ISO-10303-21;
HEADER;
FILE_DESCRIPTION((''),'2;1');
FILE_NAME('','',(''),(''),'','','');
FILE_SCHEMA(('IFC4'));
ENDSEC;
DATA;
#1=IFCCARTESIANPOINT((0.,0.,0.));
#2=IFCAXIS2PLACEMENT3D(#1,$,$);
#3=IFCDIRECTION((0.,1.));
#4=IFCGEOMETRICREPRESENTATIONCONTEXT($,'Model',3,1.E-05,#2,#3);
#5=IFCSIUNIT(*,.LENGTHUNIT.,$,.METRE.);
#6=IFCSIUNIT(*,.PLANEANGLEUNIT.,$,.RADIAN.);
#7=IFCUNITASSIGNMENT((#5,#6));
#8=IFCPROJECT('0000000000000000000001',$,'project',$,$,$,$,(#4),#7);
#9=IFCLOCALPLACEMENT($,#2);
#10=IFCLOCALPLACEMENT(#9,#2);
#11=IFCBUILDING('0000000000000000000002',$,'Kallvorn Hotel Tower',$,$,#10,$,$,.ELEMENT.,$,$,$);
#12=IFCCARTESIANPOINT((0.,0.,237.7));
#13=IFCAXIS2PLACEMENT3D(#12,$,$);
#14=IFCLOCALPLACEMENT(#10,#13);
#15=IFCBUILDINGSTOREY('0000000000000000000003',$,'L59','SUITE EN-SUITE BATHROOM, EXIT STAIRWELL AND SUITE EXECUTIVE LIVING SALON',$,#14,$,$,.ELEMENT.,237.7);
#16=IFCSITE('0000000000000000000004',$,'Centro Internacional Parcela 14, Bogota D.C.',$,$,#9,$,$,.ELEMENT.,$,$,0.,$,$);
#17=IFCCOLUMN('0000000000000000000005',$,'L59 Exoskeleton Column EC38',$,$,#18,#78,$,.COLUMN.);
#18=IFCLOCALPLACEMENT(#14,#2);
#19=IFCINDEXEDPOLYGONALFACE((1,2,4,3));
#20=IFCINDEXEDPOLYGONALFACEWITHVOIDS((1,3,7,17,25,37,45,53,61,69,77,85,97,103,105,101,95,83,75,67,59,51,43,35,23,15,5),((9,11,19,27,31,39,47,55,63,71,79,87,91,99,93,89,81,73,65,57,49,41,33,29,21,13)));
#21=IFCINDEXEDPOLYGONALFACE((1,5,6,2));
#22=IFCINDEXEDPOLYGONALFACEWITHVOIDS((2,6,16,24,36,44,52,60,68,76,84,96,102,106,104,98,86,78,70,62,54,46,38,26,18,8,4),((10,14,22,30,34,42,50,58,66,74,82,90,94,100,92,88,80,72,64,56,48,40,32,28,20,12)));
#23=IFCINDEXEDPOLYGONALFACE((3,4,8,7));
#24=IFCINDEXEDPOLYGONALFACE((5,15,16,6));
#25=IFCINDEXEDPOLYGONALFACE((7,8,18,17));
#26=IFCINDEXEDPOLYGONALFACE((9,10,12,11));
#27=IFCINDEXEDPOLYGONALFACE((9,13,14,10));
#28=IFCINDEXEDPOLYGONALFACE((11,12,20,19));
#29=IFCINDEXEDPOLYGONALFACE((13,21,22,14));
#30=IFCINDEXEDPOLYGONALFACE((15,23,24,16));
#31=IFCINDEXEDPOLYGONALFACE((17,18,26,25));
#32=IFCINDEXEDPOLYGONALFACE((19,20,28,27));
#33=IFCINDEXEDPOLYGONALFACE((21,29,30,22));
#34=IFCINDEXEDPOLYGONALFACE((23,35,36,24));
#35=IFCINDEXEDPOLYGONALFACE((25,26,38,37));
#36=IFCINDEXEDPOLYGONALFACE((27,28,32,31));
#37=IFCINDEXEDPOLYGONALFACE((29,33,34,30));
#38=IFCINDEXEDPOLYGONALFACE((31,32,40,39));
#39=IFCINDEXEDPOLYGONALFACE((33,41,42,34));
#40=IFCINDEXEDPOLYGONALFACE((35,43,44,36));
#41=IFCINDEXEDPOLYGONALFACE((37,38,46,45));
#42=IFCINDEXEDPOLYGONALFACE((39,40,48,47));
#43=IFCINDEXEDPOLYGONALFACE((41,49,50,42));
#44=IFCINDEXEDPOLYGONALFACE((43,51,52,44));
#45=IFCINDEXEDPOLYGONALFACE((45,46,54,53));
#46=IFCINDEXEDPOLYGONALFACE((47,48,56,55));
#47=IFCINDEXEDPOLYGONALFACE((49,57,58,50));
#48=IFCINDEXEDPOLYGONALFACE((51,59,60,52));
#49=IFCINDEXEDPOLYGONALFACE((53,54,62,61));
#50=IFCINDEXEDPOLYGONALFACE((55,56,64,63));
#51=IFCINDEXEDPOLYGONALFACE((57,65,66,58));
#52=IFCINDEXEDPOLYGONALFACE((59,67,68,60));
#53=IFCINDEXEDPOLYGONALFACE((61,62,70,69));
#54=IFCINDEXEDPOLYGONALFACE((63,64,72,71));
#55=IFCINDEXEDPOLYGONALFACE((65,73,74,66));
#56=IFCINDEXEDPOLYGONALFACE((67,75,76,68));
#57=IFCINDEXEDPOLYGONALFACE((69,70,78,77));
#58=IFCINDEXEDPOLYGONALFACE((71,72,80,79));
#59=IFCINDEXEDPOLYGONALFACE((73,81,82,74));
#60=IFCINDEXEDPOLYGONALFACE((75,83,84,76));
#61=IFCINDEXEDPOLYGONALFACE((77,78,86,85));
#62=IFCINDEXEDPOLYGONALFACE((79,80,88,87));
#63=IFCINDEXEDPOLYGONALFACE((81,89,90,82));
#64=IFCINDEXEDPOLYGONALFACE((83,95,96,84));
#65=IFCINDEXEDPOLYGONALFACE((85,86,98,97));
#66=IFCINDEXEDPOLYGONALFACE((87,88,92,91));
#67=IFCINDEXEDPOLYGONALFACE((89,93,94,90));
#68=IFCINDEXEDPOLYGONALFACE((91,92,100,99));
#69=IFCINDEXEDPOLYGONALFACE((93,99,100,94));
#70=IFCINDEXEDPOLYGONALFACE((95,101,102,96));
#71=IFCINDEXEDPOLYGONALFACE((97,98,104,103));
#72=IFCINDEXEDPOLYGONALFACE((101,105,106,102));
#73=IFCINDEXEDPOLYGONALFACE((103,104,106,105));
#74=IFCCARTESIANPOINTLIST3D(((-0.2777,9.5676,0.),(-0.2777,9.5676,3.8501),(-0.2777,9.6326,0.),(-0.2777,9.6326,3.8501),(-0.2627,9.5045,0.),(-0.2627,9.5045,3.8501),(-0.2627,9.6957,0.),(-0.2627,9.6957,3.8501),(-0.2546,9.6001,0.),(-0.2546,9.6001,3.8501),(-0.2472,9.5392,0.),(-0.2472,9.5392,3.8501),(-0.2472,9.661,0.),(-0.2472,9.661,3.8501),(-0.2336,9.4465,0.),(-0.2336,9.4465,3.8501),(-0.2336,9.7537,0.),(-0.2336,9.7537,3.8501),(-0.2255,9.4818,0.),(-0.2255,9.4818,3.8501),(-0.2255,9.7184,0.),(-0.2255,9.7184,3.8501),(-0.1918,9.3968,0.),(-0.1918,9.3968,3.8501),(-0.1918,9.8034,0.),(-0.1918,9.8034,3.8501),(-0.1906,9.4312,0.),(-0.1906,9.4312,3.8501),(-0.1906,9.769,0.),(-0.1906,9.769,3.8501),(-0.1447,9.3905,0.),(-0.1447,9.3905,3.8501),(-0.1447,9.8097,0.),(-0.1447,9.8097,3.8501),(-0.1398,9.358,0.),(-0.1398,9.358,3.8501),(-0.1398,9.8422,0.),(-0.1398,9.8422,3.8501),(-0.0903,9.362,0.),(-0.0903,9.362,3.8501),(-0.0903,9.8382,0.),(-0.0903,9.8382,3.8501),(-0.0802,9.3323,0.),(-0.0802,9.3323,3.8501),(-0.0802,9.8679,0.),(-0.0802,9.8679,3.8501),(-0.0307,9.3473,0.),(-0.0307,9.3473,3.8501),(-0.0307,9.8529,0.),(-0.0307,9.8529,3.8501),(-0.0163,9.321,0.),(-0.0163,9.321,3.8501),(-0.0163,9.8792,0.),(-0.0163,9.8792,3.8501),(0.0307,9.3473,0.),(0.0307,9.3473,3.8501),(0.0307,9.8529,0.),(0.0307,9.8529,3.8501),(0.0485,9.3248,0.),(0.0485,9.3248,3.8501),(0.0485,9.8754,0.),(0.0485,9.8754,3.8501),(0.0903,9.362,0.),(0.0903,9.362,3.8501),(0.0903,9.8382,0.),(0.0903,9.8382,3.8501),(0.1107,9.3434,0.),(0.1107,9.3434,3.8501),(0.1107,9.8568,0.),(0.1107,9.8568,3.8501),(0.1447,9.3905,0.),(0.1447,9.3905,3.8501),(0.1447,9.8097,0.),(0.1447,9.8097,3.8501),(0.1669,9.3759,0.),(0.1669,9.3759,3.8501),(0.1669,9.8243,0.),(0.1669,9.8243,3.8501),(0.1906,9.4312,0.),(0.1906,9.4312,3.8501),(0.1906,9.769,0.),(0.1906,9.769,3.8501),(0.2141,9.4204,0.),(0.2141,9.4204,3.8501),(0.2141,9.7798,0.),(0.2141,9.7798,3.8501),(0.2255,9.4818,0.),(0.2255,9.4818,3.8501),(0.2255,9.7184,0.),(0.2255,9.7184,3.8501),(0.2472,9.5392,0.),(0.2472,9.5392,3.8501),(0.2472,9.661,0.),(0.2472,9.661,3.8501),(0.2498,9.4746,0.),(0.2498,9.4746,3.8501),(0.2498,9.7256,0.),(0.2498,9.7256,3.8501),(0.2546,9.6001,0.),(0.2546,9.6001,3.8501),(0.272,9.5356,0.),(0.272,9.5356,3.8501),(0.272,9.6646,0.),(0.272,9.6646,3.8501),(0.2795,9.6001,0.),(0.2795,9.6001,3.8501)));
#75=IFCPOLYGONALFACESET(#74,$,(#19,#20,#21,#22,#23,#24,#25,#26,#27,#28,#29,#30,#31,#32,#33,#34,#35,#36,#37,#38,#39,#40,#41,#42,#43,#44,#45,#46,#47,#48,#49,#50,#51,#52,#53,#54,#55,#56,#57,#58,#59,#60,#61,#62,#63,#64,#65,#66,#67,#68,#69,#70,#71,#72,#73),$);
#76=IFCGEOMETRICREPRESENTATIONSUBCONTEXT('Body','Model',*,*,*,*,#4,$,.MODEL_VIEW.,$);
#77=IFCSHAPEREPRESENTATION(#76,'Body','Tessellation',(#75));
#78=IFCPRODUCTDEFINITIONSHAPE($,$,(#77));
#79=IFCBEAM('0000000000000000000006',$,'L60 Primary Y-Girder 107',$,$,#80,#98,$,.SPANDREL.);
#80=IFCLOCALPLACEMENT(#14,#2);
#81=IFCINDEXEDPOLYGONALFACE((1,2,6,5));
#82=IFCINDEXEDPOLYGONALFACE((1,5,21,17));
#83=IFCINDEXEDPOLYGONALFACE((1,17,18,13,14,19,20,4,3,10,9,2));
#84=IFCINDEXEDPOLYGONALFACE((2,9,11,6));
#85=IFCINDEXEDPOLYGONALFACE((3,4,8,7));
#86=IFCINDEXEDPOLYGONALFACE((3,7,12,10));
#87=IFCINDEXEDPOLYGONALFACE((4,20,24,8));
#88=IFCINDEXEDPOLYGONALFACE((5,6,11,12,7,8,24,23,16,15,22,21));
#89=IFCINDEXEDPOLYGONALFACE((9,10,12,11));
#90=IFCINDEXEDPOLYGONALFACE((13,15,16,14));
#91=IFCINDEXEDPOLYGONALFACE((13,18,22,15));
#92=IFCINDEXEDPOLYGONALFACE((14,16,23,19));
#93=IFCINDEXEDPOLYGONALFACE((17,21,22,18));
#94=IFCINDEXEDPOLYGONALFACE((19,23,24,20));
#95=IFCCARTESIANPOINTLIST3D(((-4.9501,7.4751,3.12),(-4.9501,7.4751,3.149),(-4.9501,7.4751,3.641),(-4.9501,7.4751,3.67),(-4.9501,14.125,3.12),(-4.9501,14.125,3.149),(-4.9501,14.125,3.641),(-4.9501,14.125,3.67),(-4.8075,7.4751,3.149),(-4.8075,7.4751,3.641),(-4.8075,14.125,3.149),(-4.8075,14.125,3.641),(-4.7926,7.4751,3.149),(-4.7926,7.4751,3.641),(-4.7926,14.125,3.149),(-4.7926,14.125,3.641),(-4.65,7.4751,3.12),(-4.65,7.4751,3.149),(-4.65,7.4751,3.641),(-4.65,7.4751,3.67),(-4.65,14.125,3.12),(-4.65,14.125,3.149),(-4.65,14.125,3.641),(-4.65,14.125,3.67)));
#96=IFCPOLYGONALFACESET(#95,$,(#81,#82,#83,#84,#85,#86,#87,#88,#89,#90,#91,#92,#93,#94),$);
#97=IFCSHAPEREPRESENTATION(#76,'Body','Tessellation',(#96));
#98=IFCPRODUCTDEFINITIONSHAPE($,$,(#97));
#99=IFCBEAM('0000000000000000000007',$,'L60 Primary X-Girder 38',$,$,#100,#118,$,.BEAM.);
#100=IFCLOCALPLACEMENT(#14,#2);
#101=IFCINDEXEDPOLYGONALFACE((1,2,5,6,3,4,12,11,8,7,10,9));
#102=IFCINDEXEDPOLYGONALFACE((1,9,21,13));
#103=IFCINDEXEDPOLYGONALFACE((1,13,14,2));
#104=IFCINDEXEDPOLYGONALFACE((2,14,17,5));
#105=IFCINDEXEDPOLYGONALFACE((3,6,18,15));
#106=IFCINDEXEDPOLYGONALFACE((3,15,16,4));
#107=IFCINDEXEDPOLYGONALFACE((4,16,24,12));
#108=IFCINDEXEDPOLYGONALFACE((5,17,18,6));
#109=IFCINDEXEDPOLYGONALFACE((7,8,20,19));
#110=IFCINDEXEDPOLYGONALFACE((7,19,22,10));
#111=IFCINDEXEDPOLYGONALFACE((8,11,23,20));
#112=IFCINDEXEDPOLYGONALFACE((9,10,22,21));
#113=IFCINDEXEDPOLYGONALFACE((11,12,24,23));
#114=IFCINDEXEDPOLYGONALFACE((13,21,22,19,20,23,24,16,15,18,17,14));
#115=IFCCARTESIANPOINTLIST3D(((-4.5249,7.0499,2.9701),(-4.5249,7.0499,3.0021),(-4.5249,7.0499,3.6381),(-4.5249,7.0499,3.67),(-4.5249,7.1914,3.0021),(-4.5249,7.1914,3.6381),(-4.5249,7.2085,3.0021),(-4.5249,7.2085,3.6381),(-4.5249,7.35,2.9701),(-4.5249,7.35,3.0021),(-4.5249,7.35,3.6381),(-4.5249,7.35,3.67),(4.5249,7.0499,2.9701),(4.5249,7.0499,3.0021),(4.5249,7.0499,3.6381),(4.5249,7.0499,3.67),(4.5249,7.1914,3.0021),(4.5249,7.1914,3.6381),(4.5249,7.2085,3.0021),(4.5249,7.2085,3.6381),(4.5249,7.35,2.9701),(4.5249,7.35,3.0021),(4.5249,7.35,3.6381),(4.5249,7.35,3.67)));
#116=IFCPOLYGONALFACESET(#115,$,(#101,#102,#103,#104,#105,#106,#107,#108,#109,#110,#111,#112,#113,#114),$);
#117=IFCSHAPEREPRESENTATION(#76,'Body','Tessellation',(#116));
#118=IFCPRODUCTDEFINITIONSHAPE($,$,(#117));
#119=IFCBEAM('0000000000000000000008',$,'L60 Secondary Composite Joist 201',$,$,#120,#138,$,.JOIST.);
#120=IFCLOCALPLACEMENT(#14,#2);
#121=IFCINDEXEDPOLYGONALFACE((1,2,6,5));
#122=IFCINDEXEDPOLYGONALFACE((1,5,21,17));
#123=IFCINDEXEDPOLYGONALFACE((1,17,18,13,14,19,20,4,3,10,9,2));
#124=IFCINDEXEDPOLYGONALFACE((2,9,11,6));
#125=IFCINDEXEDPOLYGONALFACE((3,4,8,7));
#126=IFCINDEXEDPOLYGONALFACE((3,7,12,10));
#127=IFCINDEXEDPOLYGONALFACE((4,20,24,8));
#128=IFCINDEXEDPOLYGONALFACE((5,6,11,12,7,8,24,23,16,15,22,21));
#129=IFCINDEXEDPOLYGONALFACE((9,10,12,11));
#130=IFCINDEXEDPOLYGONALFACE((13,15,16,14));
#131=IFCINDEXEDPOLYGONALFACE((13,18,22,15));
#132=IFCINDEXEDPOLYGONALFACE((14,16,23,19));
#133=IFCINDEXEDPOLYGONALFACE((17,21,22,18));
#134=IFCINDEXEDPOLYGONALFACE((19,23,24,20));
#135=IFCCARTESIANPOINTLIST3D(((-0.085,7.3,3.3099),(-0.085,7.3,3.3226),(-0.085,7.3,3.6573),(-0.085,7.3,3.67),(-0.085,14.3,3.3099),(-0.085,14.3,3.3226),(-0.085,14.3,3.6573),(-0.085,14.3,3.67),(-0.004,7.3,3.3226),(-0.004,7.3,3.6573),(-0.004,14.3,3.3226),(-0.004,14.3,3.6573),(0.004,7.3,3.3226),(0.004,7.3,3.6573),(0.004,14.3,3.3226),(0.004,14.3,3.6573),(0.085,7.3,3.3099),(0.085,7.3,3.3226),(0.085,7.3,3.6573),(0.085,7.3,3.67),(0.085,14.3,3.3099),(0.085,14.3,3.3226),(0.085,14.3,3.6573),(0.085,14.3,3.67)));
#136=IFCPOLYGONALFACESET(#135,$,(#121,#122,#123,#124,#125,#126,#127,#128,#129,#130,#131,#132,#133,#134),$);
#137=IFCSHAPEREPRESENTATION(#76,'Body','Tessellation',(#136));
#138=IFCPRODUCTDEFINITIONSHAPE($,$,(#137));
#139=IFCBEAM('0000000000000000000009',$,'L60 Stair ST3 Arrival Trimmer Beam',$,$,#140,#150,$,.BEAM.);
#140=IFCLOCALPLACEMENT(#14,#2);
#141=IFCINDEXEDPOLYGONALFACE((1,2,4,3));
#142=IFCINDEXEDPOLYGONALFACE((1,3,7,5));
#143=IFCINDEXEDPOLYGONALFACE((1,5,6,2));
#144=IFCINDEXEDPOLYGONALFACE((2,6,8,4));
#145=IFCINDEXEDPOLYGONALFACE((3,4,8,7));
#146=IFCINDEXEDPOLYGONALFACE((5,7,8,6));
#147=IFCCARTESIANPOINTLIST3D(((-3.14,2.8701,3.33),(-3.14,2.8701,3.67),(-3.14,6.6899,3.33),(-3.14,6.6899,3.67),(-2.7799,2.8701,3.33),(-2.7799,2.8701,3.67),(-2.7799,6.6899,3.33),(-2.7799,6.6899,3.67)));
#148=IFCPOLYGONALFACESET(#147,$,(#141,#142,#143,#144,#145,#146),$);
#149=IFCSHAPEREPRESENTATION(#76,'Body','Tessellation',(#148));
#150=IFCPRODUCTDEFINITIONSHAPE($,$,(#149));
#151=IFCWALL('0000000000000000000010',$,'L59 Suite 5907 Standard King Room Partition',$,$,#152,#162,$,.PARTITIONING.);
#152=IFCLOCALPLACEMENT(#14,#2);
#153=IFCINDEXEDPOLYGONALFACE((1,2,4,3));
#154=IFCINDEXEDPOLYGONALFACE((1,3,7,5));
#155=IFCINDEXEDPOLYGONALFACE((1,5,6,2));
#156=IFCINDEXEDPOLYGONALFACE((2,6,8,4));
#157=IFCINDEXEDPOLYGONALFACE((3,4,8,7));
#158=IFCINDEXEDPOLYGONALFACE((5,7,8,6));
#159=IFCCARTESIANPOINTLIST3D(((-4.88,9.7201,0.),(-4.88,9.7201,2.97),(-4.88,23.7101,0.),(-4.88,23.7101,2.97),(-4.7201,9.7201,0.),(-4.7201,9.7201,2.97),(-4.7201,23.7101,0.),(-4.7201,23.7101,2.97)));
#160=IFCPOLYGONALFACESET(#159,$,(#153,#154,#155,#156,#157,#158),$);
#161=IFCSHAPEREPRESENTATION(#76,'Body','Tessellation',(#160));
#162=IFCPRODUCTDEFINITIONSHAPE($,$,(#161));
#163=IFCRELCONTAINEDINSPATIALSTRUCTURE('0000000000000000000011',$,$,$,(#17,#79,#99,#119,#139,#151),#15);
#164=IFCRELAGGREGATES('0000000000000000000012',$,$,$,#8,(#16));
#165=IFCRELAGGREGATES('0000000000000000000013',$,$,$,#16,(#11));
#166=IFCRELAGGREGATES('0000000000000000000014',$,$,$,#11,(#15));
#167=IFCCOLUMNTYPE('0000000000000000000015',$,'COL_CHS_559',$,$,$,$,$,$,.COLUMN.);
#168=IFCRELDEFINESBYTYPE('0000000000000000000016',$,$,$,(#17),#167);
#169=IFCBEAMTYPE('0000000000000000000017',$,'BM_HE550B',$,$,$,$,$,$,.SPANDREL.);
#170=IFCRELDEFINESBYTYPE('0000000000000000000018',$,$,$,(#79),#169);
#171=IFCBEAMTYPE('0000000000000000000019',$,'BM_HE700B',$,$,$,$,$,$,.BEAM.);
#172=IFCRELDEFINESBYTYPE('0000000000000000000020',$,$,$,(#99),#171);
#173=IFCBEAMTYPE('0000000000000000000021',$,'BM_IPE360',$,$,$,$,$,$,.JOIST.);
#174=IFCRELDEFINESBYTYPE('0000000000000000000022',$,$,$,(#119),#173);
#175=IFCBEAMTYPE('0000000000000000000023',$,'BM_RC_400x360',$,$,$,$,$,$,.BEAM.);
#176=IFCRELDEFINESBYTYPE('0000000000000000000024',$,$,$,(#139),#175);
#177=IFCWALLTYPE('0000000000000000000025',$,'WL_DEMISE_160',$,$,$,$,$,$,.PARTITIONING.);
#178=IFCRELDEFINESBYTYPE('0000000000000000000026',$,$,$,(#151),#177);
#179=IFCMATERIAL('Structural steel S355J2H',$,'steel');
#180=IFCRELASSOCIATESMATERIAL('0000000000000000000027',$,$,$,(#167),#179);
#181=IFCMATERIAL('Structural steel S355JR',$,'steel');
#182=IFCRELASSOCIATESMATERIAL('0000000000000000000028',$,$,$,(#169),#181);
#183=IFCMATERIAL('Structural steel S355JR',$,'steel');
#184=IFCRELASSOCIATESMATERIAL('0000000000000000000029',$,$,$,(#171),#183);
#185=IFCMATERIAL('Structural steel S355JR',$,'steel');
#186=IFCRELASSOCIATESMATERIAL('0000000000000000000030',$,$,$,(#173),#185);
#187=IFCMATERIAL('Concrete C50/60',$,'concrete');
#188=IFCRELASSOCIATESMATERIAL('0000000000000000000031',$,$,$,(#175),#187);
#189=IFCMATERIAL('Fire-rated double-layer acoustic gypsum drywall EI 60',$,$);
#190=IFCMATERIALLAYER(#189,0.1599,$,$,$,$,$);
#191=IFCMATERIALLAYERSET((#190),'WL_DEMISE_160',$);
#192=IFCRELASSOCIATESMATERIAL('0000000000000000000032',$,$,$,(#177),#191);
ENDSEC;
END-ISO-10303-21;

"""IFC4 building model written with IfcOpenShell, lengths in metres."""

from ifc_helpers import new_model, si_unit, direction, frame, frame_2d, origin, origin_2d, place, context, subcontext, project, spatial, rectangle, hollow_circle, i_section, extrude, material, layer, layer_set, material_profile, profile_set, type_object, element, save


model = new_model("IFC4")

# Units and contexts
model_context = context("Model", 3, precision=1e-05, world=origin(), true_north=direction((0.0, 1.0)))
body_context = subcontext(model_context, "Body", "Model", "MODEL_VIEW")
ifc_project = project(units=[si_unit("LENGTHUNIT", "METRE"), si_unit("PLANEANGLEUNIT", "RADIAN")], contexts=[model_context])

# Site, building, storey
site_placement = place(None, origin())
site = spatial("IfcSite", under=ifc_project, at=site_placement, Name="Centro Internacional Parcela 14, Bogota D.C.", CompositionType="ELEMENT", RefElevation=0.0)
building_placement = place(site_placement, origin())
building = spatial("IfcBuilding", under=site, at=building_placement, Name="Kallvorn Hotel Tower", CompositionType="ELEMENT")
storey_placement = place(building_placement, frame((0.0, 0.0, 237.7)))
storey = spatial("IfcBuildingStorey", under=building, at=storey_placement, Name="L59", Description="SUITE EN-SUITE BATHROOM, EXIT STAIRWELL AND SUITE EXECUTIVE LIVING SALON", CompositionType="ELEMENT", Elevation=237.7)

# Column
ifc_material_1 = material(Name="Structural steel S355J2H", Category="steel")
ifc_material_profile_1 = material_profile(ifc_material_1, hollow_circle(Radius=0.2795, WallThickness=0.0249, at=origin_2d()), Name="CHS 559x25")
ifc_profile_set_1 = profile_set([ifc_material_profile_1], Name="Structural steel S355J2H")
column_type = type_object("IfcColumnType", Name="COL_CHS_559", PredefinedType="COLUMN", material=ifc_profile_set_1)
column_placement = place(storey_placement, frame((0.0, 9.6001, 0.0), z_axis=(0.0, 0.0, 1.0), x_axis=(1.0, 0.0, 0.0)))
element("IfcColumn", 1, at=column_placement, inside=storey, type_object=column_type, Name="L59 Exoskeleton Column EC38", PredefinedType="COLUMN", context=body_context, shape_type="SweptSolid", body=[
    extrude(hollow_circle(Radius=0.2795, WallThickness=0.0249, at=origin_2d()), origin(), (0.0, 0.0, 1.0), 3.8501),
])

# Beams
ifc_material_2 = material(Name="Structural steel S355JR", Category="steel")
ifc_material_profile_2 = material_profile(ifc_material_2, i_section(OverallWidth=0.3, OverallDepth=0.55, WebThickness=0.0149, FlangeThickness=0.0291, at=origin_2d()), Name="HE 550 B")
ifc_profile_set_2 = profile_set([ifc_material_profile_2], Name="Structural steel S355JR")
beam_type_1 = type_object("IfcBeamType", Name="BM_HE550B", PredefinedType="SPANDREL", material=ifc_profile_set_2)
beam_1_placement = place(storey_placement, frame((-4.8, 7.4751, 3.395), z_axis=(0.0, 1.0, 0.0), x_axis=(-1.0, 0.0, 0.0)))
element("IfcBeam", 2, at=beam_1_placement, inside=storey, type_object=beam_type_1, Name="L60 Primary Y-Girder 107", PredefinedType="SPANDREL", context=body_context, shape_type="SweptSolid", body=[
    extrude(i_section(OverallWidth=0.3, OverallDepth=0.55, WebThickness=0.0149, FlangeThickness=0.0291, at=origin_2d()), origin(), (0.0, 0.0, 1.0), 6.6499),
])
ifc_material_3 = material(Name="Structural steel S355JR", Category="steel")
ifc_material_profile_3 = material_profile(ifc_material_3, i_section(OverallWidth=0.3, OverallDepth=0.7, WebThickness=0.0171, FlangeThickness=0.032, at=origin_2d()), Name="HE 700 B")
ifc_profile_set_3 = profile_set([ifc_material_profile_3], Name="Structural steel S355JR")
beam_type_2 = type_object("IfcBeamType", Name="BM_HE700B", PredefinedType="BEAM", material=ifc_profile_set_3)
beam_2_placement = place(storey_placement, frame((-4.5249, 7.2, 3.3201), z_axis=(1.0, 0.0, 0.0), x_axis=(0.0, 1.0, 0.0)))
element("IfcBeam", 3, at=beam_2_placement, inside=storey, type_object=beam_type_2, Name="L60 Primary X-Girder 38", PredefinedType="BEAM", context=body_context, shape_type="SweptSolid", body=[
    extrude(i_section(OverallWidth=0.3, OverallDepth=0.7, WebThickness=0.0171, FlangeThickness=0.032, at=origin_2d()), origin(), (0.0, 0.0, 1.0), 9.0498),
])
ifc_material_4 = material(Name="Structural steel S355JR", Category="steel")
ifc_material_profile_4 = material_profile(ifc_material_4, i_section(OverallWidth=0.1699, OverallDepth=0.3601, WebThickness=0.0081, FlangeThickness=0.0127, at=origin_2d()), Name="IPE 360")
ifc_profile_set_4 = profile_set([ifc_material_profile_4], Name="Structural steel S355JR")
beam_type_3 = type_object("IfcBeamType", Name="BM_IPE360", PredefinedType="JOIST", material=ifc_profile_set_4)
beam_3_placement = place(storey_placement, frame((0.0, 7.3, 3.49), z_axis=(0.0, 1.0, 0.0), x_axis=(-1.0, 0.0, 0.0)))
element("IfcBeam", 4, at=beam_3_placement, inside=storey, type_object=beam_type_3, Name="L60 Secondary Composite Joist 201", PredefinedType="JOIST", context=body_context, shape_type="SweptSolid", body=[
    extrude(i_section(OverallWidth=0.1699, OverallDepth=0.3601, WebThickness=0.0081, FlangeThickness=0.0127, at=origin_2d()), origin(), (0.0, 0.0, 1.0), 7.0),
])
ifc_material_5 = material(Name="Concrete C50/60", Category="concrete")
ifc_material_profile_5 = material_profile(ifc_material_5, rectangle(XDim=0.3601, YDim=0.3401, at=origin_2d()), Name="RC 360x340")
ifc_profile_set_5 = profile_set([ifc_material_profile_5], Name="Concrete C50/60")
beam_type_4 = type_object("IfcBeamType", Name="BM_RC_400x360", PredefinedType="BEAM", material=ifc_profile_set_5)
beam_4_placement = place(storey_placement, frame((-2.96, 2.8701, 3.5), z_axis=(0.0, 1.0, 0.0), x_axis=(-1.0, 0.0, 0.0)))
element("IfcBeam", 5, at=beam_4_placement, inside=storey, type_object=beam_type_4, Name="L60 Stair ST3 Arrival Trimmer Beam", PredefinedType="BEAM", context=body_context, shape_type="SweptSolid", body=[
    extrude(rectangle(XDim=0.3601, YDim=0.3401, at=origin_2d()), origin(), (0.0, 0.0, 1.0), 3.8198),
])

# Wall
ifc_material_6 = material(Name="Fire-rated double-layer acoustic gypsum drywall EI 60")
ifc_layer_1 = layer(ifc_material_6, 0.1599)
ifc_layer_set_1 = layer_set([ifc_layer_1], Name="WL_DEMISE_160")
wall_type_1 = type_object("IfcWallType", Name="WL_DEMISE_160", PredefinedType="PARTITIONING", material=ifc_layer_set_1)
wall_1_placement = place(storey_placement, frame((-4.8, 9.72, 0.0), z_axis=(0.0, 0.0, 1.0), x_axis=(0.0, 1.0, 0.0)))
element("IfcWall", 6, at=wall_1_placement, inside=storey, type_object=wall_type_1, Name="L59 Suite 5907 Standard King Room Partition", PredefinedType="PARTITIONING", context=body_context, shape_type="SweptSolid", body=[
    extrude(rectangle(XDim=13.99, YDim=0.1599, at=frame_2d((6.9951, 0.0))), origin(), (0.0, 0.0, 1.0), 2.97),
])

save(model, "model.ifc")
